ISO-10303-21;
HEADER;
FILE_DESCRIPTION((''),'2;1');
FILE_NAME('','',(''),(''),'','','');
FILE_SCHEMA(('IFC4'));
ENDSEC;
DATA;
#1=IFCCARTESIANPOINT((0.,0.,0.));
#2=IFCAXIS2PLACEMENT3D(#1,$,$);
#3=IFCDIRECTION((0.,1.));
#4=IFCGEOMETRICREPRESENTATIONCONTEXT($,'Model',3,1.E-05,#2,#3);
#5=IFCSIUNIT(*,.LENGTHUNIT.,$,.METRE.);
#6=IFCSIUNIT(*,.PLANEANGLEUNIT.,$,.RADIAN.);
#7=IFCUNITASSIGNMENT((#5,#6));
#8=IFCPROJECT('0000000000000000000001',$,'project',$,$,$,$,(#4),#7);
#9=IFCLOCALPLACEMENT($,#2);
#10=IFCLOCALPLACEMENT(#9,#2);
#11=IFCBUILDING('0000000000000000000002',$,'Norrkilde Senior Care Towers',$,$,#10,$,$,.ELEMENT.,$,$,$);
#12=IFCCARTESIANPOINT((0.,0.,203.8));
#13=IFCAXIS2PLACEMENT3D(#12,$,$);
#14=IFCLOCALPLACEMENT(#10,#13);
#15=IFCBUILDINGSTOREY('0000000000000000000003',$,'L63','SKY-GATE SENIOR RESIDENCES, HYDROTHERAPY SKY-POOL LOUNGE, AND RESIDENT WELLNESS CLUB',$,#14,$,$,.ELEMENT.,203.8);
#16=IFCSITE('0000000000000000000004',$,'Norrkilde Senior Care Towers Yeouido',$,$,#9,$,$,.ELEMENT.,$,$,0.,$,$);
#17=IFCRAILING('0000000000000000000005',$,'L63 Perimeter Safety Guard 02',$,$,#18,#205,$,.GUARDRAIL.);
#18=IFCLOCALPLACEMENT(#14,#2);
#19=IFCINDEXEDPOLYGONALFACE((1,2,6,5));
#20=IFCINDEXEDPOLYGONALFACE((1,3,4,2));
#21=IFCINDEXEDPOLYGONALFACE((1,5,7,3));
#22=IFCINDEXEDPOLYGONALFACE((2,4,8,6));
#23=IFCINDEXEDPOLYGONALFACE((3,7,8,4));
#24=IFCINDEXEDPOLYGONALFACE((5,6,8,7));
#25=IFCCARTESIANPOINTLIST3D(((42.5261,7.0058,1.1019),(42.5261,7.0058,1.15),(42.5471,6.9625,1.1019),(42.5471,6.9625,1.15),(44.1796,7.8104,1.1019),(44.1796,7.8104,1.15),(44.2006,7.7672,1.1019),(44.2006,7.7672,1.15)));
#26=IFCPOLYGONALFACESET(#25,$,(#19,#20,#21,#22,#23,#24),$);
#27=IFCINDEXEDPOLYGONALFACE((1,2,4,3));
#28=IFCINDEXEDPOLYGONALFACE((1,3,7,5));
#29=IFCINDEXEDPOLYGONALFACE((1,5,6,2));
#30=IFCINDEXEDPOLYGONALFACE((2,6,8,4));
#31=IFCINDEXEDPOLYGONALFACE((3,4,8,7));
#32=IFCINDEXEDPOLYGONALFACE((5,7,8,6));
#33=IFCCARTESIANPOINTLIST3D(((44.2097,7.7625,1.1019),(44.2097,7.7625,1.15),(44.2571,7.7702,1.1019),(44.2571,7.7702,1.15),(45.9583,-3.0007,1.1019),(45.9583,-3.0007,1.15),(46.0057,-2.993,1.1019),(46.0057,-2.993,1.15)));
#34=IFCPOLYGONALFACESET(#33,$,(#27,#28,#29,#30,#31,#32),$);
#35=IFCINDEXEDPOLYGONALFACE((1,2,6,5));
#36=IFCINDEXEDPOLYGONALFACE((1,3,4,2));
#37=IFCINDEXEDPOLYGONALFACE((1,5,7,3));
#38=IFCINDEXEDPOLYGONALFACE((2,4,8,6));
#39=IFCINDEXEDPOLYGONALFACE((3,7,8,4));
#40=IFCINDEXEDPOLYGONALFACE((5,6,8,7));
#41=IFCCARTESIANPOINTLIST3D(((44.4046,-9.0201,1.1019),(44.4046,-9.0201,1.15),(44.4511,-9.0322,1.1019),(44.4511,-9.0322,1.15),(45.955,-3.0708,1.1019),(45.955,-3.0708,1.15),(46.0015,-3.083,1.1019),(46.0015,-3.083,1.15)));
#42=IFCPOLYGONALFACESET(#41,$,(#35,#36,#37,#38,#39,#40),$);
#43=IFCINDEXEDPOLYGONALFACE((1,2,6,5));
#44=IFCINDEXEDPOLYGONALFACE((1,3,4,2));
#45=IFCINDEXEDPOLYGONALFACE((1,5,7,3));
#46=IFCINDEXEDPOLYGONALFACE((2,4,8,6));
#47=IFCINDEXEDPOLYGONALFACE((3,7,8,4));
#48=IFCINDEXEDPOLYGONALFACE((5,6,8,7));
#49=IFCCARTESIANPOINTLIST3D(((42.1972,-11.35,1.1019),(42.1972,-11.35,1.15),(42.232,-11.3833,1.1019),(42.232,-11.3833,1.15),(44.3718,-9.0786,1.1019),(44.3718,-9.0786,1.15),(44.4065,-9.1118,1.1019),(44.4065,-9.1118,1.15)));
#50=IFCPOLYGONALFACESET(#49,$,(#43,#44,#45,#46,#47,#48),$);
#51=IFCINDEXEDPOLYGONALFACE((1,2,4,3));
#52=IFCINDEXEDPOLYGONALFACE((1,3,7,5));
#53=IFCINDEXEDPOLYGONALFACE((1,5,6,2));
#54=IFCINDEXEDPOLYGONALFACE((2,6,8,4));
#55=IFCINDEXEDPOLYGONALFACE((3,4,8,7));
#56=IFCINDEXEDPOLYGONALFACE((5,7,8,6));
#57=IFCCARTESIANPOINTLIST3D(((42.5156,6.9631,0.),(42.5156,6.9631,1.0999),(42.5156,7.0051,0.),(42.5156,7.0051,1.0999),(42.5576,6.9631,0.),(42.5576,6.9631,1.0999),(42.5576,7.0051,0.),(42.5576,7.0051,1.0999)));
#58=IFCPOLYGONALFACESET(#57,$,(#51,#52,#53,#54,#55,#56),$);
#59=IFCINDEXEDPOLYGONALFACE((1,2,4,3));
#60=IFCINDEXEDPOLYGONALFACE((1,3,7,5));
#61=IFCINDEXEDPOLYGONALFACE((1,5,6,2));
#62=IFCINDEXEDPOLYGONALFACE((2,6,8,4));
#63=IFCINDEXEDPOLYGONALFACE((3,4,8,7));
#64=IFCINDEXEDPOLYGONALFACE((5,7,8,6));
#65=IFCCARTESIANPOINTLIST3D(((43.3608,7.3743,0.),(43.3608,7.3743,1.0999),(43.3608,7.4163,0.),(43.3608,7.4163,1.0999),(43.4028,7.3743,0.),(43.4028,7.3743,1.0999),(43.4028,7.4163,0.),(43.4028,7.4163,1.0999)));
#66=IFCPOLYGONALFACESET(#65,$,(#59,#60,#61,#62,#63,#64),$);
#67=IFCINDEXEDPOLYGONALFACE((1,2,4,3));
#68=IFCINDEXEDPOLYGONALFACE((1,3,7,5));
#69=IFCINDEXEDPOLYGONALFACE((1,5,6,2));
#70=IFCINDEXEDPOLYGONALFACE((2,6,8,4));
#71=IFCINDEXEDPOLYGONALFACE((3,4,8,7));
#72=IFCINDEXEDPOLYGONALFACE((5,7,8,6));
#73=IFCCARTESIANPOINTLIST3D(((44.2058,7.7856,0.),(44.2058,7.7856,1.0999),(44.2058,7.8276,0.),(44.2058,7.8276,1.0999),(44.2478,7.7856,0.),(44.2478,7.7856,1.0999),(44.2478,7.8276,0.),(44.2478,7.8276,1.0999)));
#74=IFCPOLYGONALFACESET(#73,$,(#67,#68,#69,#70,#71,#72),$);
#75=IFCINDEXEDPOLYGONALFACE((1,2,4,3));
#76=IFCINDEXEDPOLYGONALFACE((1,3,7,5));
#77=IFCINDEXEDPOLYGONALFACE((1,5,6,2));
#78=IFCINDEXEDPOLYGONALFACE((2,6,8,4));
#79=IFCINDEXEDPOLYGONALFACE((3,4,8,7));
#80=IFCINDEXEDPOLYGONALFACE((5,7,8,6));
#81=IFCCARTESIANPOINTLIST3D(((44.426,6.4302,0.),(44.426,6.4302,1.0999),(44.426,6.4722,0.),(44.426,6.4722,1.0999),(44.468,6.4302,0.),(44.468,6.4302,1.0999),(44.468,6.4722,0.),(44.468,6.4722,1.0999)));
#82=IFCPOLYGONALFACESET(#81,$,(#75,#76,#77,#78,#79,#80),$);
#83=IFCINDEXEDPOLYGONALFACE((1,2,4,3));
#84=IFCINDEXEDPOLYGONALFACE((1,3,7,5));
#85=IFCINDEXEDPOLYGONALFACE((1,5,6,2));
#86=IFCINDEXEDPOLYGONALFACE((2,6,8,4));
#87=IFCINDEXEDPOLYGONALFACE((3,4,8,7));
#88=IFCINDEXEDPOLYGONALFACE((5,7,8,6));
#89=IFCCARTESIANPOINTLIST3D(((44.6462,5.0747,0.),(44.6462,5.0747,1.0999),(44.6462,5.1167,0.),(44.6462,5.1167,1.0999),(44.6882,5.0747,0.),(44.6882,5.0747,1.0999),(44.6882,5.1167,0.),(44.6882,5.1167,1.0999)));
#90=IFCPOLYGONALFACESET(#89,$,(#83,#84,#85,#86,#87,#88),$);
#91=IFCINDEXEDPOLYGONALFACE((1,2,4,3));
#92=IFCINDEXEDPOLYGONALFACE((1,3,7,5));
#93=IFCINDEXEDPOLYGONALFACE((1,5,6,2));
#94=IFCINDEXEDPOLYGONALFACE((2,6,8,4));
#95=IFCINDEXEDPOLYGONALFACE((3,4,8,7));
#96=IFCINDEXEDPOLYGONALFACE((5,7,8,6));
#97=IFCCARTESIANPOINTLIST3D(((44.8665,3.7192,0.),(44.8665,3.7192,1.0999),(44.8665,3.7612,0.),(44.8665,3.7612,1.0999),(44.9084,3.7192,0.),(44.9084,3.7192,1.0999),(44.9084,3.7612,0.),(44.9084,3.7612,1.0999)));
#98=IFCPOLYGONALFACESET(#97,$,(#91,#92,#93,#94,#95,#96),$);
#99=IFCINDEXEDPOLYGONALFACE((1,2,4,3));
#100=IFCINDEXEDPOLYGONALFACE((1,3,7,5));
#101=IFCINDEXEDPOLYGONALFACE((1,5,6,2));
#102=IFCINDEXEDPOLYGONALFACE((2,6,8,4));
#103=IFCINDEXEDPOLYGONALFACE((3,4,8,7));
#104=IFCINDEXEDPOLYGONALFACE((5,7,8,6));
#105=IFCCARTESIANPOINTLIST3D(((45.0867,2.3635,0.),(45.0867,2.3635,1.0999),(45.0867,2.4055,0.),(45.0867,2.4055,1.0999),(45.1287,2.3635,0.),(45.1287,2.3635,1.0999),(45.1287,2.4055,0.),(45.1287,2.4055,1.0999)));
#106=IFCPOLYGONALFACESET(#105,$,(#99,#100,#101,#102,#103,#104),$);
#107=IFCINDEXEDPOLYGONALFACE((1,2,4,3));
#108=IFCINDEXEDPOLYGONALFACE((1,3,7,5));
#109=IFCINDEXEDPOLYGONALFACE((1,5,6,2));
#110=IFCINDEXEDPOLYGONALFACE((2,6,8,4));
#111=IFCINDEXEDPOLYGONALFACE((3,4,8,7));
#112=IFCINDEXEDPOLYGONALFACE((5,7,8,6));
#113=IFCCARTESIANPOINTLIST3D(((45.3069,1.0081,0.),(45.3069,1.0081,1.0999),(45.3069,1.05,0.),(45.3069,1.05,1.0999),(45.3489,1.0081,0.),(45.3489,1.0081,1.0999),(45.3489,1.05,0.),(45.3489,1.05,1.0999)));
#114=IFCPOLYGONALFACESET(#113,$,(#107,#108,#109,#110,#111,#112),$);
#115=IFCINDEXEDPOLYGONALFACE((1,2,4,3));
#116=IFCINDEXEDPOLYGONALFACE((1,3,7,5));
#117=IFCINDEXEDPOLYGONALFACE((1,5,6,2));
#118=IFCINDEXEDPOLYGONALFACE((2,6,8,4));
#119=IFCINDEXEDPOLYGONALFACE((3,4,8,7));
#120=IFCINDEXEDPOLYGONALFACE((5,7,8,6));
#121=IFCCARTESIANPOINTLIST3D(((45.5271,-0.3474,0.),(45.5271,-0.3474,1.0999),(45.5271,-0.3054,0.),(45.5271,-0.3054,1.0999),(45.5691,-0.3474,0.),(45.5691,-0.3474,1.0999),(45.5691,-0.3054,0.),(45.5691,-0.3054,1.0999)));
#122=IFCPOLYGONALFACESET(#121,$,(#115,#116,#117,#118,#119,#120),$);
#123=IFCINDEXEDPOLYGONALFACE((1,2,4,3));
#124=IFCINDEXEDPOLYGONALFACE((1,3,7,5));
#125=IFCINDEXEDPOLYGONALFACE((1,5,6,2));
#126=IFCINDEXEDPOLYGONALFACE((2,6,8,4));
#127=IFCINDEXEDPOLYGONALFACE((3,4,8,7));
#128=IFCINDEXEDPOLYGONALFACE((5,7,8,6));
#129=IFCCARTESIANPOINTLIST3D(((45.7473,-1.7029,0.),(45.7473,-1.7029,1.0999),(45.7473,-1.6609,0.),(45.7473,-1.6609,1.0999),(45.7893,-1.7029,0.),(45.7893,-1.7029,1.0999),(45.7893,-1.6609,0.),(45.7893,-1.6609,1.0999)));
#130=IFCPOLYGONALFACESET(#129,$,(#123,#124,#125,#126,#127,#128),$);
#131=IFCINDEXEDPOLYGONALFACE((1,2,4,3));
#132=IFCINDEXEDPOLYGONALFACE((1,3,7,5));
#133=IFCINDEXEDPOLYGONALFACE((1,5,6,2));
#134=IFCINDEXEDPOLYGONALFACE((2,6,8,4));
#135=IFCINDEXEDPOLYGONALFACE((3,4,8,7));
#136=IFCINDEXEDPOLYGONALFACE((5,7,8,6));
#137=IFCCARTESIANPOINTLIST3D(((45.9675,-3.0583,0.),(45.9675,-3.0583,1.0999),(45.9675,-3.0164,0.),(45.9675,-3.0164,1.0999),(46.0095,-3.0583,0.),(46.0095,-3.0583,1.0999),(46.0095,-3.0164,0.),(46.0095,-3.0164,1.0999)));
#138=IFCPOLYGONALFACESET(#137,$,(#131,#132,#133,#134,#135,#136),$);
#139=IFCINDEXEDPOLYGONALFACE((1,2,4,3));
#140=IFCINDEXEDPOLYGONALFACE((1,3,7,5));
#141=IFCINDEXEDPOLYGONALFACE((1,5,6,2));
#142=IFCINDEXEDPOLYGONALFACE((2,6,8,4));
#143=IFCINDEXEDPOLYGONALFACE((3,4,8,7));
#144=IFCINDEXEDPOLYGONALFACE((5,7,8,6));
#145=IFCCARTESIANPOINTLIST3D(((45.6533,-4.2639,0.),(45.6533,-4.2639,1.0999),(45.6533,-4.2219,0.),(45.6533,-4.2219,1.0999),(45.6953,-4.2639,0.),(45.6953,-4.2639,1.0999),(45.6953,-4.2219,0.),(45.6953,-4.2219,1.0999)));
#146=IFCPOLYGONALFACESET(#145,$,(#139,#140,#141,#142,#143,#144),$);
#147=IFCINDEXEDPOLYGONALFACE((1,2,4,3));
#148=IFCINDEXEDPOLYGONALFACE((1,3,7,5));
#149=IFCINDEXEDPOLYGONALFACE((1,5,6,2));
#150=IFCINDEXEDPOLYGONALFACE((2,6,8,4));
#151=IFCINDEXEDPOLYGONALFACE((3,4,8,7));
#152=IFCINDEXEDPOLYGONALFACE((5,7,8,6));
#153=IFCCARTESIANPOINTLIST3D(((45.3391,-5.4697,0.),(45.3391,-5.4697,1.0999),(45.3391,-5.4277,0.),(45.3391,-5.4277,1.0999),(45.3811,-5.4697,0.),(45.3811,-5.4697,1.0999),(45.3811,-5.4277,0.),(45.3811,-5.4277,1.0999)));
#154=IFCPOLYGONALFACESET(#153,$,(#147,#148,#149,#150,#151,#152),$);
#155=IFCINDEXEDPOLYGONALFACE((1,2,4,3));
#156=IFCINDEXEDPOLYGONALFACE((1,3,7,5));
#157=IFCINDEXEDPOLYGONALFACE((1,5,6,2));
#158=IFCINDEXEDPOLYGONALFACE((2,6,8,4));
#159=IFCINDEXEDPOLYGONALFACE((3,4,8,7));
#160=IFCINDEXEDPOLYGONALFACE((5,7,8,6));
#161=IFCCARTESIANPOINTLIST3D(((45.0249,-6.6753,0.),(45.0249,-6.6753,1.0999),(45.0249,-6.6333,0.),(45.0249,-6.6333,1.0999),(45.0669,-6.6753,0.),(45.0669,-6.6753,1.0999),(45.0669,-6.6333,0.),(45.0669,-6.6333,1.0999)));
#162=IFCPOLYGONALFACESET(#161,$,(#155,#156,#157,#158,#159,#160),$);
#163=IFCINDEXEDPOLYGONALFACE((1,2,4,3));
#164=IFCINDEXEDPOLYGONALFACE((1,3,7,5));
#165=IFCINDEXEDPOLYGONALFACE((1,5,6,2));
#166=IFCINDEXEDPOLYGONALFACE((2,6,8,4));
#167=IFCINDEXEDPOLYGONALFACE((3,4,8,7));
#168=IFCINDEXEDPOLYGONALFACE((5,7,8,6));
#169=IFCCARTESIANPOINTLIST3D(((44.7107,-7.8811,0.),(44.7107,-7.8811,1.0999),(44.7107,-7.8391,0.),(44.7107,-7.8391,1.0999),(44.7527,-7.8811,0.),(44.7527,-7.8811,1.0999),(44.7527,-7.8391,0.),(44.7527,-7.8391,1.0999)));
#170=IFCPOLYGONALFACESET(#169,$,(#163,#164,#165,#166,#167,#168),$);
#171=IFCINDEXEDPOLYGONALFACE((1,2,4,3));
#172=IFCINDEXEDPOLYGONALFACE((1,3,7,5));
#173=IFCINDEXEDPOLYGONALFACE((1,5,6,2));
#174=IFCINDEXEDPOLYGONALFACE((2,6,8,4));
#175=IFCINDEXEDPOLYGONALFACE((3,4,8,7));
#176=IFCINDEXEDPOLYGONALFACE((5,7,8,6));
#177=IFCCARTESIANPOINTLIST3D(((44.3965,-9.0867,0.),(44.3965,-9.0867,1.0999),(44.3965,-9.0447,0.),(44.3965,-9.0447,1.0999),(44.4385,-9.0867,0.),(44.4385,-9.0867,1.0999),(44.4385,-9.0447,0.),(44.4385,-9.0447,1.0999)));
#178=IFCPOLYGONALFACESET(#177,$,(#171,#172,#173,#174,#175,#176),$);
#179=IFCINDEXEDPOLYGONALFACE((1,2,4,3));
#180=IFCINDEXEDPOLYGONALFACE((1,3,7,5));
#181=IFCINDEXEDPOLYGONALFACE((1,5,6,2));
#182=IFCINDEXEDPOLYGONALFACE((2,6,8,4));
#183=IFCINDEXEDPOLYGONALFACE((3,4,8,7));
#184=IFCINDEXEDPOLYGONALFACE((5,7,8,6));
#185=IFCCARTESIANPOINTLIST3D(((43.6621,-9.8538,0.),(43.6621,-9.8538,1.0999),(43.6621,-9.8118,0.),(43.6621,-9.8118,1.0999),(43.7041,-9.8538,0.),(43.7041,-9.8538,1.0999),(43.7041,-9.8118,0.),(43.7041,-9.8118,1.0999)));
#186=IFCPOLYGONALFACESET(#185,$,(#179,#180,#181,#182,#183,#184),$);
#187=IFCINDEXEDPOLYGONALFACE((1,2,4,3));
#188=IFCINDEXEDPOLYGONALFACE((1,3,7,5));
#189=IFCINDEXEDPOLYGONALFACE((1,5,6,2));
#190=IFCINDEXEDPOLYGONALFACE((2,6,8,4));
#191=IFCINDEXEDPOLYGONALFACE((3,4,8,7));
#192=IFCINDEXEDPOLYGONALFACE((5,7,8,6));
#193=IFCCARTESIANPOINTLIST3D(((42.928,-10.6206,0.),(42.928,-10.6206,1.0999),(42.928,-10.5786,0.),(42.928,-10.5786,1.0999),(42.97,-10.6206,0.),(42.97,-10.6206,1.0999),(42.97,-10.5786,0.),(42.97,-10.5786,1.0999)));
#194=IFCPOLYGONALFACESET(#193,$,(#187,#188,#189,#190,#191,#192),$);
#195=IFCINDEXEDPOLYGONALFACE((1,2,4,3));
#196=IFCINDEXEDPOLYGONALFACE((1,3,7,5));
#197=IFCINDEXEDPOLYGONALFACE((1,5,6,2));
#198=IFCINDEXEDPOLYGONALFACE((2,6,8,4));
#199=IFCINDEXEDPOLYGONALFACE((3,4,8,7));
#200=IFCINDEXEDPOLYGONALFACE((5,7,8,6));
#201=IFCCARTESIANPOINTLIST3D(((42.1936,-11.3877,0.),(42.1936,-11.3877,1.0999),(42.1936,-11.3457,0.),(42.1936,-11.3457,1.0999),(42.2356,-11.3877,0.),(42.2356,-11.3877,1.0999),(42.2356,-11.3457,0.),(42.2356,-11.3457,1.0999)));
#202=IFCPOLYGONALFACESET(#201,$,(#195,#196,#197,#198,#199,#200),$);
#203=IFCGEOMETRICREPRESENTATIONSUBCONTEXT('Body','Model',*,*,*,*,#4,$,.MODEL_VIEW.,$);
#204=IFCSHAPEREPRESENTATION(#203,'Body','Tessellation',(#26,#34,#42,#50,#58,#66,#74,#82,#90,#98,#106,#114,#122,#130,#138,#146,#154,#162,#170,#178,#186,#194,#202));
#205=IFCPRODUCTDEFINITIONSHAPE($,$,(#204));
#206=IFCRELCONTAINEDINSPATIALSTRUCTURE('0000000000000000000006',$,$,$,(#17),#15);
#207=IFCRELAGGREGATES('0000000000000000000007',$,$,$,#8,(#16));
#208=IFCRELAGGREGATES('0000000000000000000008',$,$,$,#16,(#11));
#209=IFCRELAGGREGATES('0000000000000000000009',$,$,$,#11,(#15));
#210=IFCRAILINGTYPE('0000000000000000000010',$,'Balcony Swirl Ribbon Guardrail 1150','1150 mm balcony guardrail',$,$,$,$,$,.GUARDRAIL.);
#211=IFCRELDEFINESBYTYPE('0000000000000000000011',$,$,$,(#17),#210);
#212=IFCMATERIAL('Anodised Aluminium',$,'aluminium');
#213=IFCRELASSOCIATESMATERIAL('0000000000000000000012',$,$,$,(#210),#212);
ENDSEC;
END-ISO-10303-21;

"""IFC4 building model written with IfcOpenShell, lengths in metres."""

from ifc_helpers import new_model, si_unit, direction, frame, origin, origin_2d, place, context, subcontext, project, spatial, rectangle, extrude, material, type_object, element, save


model = new_model("IFC4")

# Units and contexts
model_context = context("Model", 3, precision=1e-05, world=origin(), true_north=direction((0.0, 1.0)))
body_context = subcontext(model_context, "Body", "Model", "MODEL_VIEW")
ifc_project = project(units=[si_unit("LENGTHUNIT", "METRE"), si_unit("PLANEANGLEUNIT", "RADIAN")], contexts=[model_context])

# Site, building, storey
site_placement = place(None, origin())
site = spatial("IfcSite", under=ifc_project, at=site_placement, Name="Norrkilde Senior Care Towers Yeouido", CompositionType="ELEMENT", RefElevation=0.0)
building_placement = place(site_placement, origin())
building = spatial("IfcBuilding", under=site, at=building_placement, Name="Norrkilde Senior Care Towers", CompositionType="ELEMENT")
storey_placement = place(building_placement, frame((0.0, 0.0, 203.8)))
storey = spatial("IfcBuildingStorey", under=building, at=storey_placement, Name="L63", Description="SKY-GATE SENIOR RESIDENCES, HYDROTHERAPY SKY-POOL LOUNGE, AND RESIDENT WELLNESS CLUB", CompositionType="ELEMENT", Elevation=203.8)

# Shared definitions
ifc_material_1 = material(Name="Anodised Aluminium", Category="aluminium")

# Railing
railing_type = type_object("IfcRailingType", Name="Balcony Swirl Ribbon Guardrail 1150", Description="1150 mm balcony guardrail", PredefinedType="GUARDRAIL", material=ifc_material_1)
railing_placement = place(storey_placement, frame((42.5366, 6.9841, 0.0)))
element("IfcRailing", 1, at=railing_placement, inside=storey, type_object=railing_type, Name="L63 Perimeter Safety Guard 02", PredefinedType="GUARDRAIL", context=body_context, shape_type="SweptSolid", body=[
    extrude(rectangle(XDim=0.0481, YDim=0.0481, at=origin_2d()), frame((0.0, 0.0, 1.126), z_axis=(0.899181, 0.437576, 0.0), x_axis=(-0.437576, 0.899181, 0.0)), (0.0, 0.0, 1.0), 1.8389),
    extrude(rectangle(XDim=0.0481, YDim=0.0481, at=origin_2d()), frame((1.6968, 0.7822, 1.126), z_axis=(0.160358, -0.987059, 0.0), x_axis=(0.987059, 0.160358, 0.0)), (0.0, 0.0, 1.0), 10.9043),
    extrude(rectangle(XDim=0.0481, YDim=0.0481, at=origin_2d()), frame((3.4417, -10.061, 1.126), z_axis=(-0.252187, -0.967678, 0.0), x_axis=(0.967678, -0.252187, 0.0)), (0.0, 0.0, 1.0), 6.1479),
    extrude(rectangle(XDim=0.0481, YDim=0.0481, at=origin_2d()), frame((1.8525, -16.0793, 1.126), z_axis=(-0.691534, -0.722344, 0.0), x_axis=(0.722344, -0.691534, 0.0)), (0.0, 0.0, 1.0), 3.1445),
    extrude(rectangle(XDim=0.042, YDim=0.042, at=origin_2d()), origin(), (0.0, 0.0, 1.0), 1.0999),
    extrude(rectangle(XDim=0.042, YDim=0.042, at=origin_2d()), frame((0.8452, 0.4111, 0.0)), (0.0, 0.0, 1.0), 1.0999),
    extrude(rectangle(XDim=0.042, YDim=0.042, at=origin_2d()), frame((1.6902, 0.8225, 0.0)), (0.0, 0.0, 1.0), 1.0999),
    extrude(rectangle(XDim=0.042, YDim=0.042, at=origin_2d()), frame((1.9104, -0.533, 0.0)), (0.0, 0.0, 1.0), 1.0999),
    extrude(rectangle(XDim=0.042, YDim=0.042, at=origin_2d()), frame((2.1306, -1.8884, 0.0)), (0.0, 0.0, 1.0), 1.0999),
    extrude(rectangle(XDim=0.042, YDim=0.042, at=origin_2d()), frame((2.3508, -3.2439, 0.0)), (0.0, 0.0, 1.0), 1.0999),
    extrude(rectangle(XDim=0.042, YDim=0.042, at=origin_2d()), frame((2.571, -4.5996, 0.0)), (0.0, 0.0, 1.0), 1.0999),
    extrude(rectangle(XDim=0.042, YDim=0.042, at=origin_2d()), frame((2.7913, -5.9551, 0.0)), (0.0, 0.0, 1.0), 1.0999),
    extrude(rectangle(XDim=0.042, YDim=0.042, at=origin_2d()), frame((3.0115, -7.3105, 0.0)), (0.0, 0.0, 1.0), 1.0999),
    extrude(rectangle(XDim=0.042, YDim=0.042, at=origin_2d()), frame((3.2317, -8.666, 0.0)), (0.0, 0.0, 1.0), 1.0999),
    extrude(rectangle(XDim=0.042, YDim=0.042, at=origin_2d()), frame((3.4519, -10.0215, 0.0)), (0.0, 0.0, 1.0), 1.0999),
    extrude(rectangle(XDim=0.042, YDim=0.042, at=origin_2d()), frame((3.1377, -11.2271, 0.0)), (0.0, 0.0, 1.0), 1.0999),
    extrude(rectangle(XDim=0.042, YDim=0.042, at=origin_2d()), frame((2.8235, -12.4329, 0.0)), (0.0, 0.0, 1.0), 1.0999),
    extrude(rectangle(XDim=0.042, YDim=0.042, at=origin_2d()), frame((2.5093, -13.6384, 0.0)), (0.0, 0.0, 1.0), 1.0999),
    extrude(rectangle(XDim=0.042, YDim=0.042, at=origin_2d()), frame((2.1951, -14.8442, 0.0)), (0.0, 0.0, 1.0), 1.0999),
    extrude(rectangle(XDim=0.042, YDim=0.042, at=origin_2d()), frame((1.8809, -16.0498, 0.0)), (0.0, 0.0, 1.0), 1.0999),
    extrude(rectangle(XDim=0.042, YDim=0.042, at=origin_2d()), frame((1.1465, -16.8169, 0.0)), (0.0, 0.0, 1.0), 1.0999),
    extrude(rectangle(XDim=0.042, YDim=0.042, at=origin_2d()), frame((0.4124, -17.5837, 0.0)), (0.0, 0.0, 1.0), 1.0999),
    extrude(rectangle(XDim=0.042, YDim=0.042, at=origin_2d()), frame((-0.322, -18.3508, 0.0)), (0.0, 0.0, 1.0), 1.0999),
])

save(model, "model.ifc")
